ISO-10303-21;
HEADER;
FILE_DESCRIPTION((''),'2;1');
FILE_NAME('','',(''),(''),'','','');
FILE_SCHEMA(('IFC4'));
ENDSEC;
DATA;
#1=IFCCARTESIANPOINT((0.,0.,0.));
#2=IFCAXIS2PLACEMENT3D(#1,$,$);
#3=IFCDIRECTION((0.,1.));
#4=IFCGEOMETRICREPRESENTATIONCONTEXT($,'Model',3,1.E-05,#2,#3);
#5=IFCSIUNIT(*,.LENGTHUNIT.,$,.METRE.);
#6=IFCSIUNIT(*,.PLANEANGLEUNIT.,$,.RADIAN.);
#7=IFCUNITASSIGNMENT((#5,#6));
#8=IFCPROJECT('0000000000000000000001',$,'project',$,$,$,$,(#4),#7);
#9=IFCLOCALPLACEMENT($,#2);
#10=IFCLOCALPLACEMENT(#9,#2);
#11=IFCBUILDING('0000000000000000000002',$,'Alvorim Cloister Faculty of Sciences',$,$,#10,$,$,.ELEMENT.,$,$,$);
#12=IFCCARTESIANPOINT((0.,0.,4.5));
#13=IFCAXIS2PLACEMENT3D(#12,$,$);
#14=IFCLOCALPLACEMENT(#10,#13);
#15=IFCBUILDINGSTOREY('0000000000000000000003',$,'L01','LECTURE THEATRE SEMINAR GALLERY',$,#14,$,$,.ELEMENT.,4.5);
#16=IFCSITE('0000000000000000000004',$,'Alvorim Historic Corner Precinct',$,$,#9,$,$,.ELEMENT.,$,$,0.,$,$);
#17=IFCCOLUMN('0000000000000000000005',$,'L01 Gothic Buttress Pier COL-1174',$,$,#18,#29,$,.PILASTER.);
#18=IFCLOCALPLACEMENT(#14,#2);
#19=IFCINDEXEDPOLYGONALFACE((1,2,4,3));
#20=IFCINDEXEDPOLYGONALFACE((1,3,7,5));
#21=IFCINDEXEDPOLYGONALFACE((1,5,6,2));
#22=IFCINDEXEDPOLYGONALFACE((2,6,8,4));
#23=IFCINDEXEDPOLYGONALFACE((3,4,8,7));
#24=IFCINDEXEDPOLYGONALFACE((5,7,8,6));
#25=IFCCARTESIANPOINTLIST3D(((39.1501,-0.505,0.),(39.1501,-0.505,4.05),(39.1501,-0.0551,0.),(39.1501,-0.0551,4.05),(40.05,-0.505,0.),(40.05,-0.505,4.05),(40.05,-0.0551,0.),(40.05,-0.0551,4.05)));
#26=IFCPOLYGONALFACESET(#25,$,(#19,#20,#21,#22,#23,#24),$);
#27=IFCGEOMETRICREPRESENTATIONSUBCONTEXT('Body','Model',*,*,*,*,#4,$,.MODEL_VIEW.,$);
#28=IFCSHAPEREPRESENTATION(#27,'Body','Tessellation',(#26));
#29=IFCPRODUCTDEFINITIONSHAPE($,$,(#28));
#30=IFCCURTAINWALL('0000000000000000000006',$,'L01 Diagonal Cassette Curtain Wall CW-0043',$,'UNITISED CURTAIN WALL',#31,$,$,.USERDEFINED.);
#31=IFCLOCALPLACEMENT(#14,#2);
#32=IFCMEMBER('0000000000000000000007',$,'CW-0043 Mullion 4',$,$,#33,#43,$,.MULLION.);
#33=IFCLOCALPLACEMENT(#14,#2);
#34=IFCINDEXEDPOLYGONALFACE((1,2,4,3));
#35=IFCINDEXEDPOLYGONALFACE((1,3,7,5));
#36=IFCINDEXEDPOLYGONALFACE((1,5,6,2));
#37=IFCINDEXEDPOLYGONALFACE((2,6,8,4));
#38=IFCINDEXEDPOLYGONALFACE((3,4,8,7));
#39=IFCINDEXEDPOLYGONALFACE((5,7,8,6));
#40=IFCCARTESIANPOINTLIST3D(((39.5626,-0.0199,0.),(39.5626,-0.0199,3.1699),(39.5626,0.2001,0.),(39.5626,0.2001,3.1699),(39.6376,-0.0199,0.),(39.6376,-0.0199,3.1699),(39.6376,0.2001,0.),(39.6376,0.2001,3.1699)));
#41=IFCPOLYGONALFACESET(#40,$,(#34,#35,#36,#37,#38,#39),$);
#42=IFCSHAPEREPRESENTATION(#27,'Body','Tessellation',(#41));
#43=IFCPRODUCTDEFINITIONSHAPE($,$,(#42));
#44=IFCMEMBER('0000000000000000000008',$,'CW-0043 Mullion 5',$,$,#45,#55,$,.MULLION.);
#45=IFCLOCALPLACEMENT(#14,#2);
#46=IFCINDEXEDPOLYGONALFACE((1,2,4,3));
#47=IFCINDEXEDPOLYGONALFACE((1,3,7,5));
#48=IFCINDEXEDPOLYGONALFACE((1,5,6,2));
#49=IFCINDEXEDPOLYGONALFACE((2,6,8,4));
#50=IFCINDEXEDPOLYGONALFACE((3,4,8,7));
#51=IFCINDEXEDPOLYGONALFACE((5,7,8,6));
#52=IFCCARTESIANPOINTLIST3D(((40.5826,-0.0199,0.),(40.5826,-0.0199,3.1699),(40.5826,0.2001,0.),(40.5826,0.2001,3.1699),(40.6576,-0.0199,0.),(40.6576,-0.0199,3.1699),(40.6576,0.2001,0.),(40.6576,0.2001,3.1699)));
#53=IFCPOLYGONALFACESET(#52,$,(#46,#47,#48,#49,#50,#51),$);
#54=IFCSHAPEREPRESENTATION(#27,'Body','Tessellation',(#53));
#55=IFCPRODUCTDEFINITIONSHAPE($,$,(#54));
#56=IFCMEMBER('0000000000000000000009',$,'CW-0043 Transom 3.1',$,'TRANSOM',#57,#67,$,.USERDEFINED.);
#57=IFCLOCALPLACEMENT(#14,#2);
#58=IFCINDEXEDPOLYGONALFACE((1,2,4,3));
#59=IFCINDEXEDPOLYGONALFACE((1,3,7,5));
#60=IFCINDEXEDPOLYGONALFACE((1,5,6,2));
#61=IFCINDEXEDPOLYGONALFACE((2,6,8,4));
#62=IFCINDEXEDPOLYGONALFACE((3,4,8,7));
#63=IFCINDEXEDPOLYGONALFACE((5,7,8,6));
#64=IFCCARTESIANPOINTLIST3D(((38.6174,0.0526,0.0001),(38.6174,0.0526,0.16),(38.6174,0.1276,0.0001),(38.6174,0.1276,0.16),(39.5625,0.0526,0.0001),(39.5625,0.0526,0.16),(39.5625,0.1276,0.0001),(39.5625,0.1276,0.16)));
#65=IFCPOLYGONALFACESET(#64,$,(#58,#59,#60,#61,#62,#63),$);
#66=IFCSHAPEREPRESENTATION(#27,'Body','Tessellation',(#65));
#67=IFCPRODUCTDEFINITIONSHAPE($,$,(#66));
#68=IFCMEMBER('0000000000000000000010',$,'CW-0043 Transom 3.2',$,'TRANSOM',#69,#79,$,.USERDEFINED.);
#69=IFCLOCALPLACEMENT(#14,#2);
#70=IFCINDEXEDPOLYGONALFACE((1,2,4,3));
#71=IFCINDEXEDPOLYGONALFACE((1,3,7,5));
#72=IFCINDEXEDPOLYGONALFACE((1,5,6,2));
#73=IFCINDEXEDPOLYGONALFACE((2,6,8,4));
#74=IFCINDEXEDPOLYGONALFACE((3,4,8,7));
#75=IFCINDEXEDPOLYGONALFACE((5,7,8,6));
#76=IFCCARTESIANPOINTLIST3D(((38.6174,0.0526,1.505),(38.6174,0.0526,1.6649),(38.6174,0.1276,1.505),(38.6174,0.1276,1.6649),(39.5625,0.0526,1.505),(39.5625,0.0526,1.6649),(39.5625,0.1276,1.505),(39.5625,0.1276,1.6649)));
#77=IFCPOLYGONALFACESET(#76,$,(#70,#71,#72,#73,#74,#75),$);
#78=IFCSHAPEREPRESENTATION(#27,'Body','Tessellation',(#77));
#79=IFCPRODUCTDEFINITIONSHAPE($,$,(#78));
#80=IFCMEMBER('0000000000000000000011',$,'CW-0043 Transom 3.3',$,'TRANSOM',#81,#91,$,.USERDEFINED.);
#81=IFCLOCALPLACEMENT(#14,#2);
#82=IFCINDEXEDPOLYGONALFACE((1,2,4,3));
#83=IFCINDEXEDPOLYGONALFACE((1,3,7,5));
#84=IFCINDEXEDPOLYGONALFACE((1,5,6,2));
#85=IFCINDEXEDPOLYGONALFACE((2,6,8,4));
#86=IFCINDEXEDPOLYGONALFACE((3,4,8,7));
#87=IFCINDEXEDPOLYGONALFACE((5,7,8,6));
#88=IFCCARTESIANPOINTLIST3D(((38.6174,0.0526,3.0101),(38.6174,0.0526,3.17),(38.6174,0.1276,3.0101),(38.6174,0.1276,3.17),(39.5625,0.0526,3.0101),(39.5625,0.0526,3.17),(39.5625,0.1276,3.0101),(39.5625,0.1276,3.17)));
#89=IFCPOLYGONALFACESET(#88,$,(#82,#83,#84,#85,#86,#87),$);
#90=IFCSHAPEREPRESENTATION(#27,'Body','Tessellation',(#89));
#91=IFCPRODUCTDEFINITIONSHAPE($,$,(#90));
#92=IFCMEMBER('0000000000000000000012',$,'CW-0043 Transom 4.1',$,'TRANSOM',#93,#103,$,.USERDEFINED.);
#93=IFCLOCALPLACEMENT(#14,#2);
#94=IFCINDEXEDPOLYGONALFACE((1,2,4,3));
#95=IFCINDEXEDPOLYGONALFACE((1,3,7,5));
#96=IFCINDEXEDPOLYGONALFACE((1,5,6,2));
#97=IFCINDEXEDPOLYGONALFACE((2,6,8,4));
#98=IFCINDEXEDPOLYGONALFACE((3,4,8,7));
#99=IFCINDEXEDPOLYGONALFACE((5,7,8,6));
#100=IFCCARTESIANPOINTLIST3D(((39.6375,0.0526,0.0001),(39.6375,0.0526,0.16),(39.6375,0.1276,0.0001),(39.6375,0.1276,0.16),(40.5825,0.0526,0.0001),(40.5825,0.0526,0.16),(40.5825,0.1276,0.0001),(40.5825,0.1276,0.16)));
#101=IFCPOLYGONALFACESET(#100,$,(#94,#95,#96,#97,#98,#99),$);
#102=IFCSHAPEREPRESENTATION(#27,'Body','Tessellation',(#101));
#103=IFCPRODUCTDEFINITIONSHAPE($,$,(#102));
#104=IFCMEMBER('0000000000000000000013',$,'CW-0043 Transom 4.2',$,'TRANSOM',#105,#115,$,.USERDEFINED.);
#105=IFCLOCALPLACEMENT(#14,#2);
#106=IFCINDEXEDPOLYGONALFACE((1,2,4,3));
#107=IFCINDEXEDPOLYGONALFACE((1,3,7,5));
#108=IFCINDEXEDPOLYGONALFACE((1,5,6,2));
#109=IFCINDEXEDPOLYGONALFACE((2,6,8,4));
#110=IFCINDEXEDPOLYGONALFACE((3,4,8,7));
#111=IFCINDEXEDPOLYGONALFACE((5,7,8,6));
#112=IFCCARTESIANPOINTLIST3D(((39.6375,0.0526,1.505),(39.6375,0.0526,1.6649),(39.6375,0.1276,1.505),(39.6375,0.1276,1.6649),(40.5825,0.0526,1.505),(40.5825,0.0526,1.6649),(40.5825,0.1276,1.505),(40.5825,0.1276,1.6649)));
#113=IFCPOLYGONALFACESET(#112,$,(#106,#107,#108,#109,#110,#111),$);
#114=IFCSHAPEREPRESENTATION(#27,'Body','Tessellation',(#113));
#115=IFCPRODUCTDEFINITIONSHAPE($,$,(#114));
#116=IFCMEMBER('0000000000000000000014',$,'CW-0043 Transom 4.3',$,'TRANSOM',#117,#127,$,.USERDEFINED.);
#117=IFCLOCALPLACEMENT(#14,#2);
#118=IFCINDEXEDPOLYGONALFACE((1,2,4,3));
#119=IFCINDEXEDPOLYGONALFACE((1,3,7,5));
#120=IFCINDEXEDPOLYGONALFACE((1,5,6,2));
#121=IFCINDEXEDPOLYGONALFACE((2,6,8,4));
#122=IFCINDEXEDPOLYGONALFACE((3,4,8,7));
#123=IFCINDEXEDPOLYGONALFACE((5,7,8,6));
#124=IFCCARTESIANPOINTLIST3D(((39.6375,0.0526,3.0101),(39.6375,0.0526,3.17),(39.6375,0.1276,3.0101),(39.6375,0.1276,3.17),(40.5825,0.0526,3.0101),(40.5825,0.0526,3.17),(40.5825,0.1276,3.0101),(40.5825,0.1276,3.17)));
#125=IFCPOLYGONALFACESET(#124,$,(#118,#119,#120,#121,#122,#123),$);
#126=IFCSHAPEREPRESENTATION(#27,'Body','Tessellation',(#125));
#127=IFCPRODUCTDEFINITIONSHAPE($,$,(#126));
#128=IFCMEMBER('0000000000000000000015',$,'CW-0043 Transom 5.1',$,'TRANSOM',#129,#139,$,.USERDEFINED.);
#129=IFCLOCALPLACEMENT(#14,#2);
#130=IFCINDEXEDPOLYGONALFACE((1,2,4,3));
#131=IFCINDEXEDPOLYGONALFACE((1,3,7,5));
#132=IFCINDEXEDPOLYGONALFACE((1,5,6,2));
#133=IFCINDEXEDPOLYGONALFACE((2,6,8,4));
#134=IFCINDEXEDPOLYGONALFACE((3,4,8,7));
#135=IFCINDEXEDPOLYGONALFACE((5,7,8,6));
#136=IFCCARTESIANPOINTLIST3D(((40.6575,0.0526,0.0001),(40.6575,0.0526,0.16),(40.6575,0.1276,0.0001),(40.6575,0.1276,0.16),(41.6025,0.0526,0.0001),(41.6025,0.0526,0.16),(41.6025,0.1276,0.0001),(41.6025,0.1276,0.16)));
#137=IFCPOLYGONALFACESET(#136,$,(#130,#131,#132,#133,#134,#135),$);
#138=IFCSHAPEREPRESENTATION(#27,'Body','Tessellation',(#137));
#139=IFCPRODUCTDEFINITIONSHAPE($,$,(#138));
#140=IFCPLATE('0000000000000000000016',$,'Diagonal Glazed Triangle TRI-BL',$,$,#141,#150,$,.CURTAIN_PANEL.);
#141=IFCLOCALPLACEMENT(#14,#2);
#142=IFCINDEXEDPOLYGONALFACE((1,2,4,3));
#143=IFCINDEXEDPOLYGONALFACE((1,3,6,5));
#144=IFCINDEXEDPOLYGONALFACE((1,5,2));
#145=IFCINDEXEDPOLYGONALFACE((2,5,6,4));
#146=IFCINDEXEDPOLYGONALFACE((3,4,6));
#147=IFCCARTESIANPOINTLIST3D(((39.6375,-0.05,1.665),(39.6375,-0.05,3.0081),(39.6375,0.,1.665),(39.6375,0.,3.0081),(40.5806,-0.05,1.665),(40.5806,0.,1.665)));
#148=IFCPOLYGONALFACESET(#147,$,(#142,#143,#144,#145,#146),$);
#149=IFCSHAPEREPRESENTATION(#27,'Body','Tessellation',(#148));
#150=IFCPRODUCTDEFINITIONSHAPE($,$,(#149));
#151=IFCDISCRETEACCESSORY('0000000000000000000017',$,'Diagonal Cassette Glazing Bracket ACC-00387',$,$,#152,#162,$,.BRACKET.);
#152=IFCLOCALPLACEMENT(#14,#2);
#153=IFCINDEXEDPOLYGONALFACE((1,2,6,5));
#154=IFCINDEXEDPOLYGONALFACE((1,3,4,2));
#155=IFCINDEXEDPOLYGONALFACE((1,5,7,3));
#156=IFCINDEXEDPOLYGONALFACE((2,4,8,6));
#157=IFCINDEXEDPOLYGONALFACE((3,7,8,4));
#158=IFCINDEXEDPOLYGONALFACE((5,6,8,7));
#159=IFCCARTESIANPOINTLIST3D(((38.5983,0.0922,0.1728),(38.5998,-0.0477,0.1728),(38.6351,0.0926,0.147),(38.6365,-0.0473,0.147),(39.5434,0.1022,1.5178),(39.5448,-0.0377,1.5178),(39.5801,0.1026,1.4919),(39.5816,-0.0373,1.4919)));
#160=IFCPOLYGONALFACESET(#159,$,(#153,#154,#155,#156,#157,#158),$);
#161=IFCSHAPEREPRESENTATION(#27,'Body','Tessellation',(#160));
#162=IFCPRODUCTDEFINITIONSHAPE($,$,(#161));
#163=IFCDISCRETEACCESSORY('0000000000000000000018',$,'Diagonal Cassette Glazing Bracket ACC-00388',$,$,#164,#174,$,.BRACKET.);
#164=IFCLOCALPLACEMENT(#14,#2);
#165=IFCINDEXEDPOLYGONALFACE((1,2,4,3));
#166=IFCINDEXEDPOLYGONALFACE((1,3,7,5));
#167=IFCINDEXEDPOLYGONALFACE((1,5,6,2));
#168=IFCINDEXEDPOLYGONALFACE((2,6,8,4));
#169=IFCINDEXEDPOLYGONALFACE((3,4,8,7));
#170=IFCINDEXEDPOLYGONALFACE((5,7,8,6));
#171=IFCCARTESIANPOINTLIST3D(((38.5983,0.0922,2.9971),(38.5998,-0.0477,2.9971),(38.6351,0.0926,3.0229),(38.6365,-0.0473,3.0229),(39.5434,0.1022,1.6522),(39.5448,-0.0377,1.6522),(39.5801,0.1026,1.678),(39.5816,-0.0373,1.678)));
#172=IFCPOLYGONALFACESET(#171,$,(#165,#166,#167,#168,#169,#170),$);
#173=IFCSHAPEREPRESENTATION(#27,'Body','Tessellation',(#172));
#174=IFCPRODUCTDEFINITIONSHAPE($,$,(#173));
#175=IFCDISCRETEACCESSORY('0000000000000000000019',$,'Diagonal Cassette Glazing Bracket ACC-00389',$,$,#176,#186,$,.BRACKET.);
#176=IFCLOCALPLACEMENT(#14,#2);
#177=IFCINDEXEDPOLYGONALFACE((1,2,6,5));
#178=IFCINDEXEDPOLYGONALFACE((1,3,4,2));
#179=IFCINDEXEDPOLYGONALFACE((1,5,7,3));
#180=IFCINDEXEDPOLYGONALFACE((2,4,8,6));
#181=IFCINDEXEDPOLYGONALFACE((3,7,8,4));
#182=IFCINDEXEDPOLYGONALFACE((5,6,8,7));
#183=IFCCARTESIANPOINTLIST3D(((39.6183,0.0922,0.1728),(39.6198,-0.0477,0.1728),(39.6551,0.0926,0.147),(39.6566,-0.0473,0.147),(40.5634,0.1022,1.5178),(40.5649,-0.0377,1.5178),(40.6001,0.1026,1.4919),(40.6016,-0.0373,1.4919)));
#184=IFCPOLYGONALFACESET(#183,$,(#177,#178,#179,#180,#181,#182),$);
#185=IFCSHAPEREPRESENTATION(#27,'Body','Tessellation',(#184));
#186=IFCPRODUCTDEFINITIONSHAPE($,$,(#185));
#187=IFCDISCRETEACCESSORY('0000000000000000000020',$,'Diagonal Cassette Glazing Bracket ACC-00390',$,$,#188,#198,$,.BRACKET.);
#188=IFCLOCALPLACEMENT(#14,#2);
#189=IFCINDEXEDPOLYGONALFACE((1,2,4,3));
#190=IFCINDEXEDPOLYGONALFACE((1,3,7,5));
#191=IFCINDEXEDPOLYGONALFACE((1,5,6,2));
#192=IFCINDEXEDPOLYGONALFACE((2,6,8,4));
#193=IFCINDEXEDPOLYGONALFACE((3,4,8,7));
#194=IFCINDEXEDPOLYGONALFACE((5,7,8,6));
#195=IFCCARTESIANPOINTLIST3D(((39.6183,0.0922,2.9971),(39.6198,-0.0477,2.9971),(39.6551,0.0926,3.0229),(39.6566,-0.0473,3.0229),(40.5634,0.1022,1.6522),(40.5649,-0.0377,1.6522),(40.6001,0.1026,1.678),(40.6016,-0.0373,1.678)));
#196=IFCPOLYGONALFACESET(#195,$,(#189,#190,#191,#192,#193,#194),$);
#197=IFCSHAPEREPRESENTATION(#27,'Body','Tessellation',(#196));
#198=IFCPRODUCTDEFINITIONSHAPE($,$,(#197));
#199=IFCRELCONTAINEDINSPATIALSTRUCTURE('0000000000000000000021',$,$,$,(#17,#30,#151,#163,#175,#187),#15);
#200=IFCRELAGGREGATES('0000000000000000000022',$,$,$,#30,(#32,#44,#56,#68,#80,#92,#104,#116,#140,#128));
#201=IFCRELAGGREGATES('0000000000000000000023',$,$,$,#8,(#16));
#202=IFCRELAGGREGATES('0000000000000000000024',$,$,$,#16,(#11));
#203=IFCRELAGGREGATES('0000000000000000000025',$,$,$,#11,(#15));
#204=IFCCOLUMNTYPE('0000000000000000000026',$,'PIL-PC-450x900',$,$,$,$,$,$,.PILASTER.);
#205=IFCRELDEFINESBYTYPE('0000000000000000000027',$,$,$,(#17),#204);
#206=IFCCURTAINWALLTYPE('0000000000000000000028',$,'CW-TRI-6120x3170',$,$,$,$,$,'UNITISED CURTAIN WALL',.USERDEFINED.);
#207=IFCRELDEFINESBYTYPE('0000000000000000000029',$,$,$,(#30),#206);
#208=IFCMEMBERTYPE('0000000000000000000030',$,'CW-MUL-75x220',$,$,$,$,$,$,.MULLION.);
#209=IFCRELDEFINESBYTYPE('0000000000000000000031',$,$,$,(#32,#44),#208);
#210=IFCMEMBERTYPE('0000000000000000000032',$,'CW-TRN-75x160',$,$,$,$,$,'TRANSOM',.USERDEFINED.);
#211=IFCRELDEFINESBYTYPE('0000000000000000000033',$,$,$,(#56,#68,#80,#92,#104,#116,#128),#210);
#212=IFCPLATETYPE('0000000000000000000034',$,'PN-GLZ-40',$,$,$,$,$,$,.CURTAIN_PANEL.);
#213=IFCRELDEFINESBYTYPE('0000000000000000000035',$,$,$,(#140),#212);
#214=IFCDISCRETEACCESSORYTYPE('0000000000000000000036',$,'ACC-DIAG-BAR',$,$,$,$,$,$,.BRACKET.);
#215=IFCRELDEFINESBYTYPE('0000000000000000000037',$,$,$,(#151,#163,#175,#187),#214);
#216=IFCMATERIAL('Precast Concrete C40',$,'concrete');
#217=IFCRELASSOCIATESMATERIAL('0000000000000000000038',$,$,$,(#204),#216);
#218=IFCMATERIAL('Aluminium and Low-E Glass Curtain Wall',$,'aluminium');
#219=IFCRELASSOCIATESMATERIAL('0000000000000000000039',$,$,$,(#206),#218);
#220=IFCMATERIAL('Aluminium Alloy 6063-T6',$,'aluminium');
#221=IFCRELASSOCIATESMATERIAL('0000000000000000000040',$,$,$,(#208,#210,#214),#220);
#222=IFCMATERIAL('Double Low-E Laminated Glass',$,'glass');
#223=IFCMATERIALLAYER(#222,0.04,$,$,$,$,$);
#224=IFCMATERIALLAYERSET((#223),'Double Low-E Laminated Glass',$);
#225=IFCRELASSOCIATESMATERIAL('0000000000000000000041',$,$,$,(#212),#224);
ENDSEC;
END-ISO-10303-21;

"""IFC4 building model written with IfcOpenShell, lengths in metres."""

from ifc_helpers import new_model, si_unit, direction, frame, origin, origin_2d, place, context, subcontext, project, spatial, polyline, rectangle, outline, extrude, material, layer, layer_set, material_profile, profile_set, type_object, element, aggregate, save


model = new_model("IFC4")

# Units and contexts
model_context = context("Model", 3, precision=1e-05, world=origin(), true_north=direction((0.0, 1.0)))
body_context = subcontext(model_context, "Body", "Model", "MODEL_VIEW")
ifc_project = project(units=[si_unit("LENGTHUNIT", "METRE"), si_unit("PLANEANGLEUNIT", "RADIAN")], contexts=[model_context])

# Site, building, storey
site_placement = place(None, origin())
site = spatial("IfcSite", under=ifc_project, at=site_placement, Name="Alvorim Historic Corner Precinct", CompositionType="ELEMENT", RefElevation=0.0)
building_placement = place(site_placement, origin())
building = spatial("IfcBuilding", under=site, at=building_placement, Name="Alvorim Cloister Faculty of Sciences", CompositionType="ELEMENT")
storey_placement = place(building_placement, frame((0.0, 0.0, 4.5)))
storey = spatial("IfcBuildingStorey", under=building, at=storey_placement, Name="L01", Description="LECTURE THEATRE SEMINAR GALLERY", CompositionType="ELEMENT", Elevation=4.5)

# Column
ifc_material_1 = material(Name="Precast Concrete C40", Category="concrete")
ifc_material_profile_1 = material_profile(ifc_material_1, rectangle(XDim=0.45, YDim=0.8999, at=origin_2d()), Name="RC40-PIL-450x900")
ifc_profile_set_1 = profile_set([ifc_material_profile_1], Name="Precast Concrete C40")
column_type = type_object("IfcColumnType", Name="PIL-PC-450x900", PredefinedType="PILASTER", material=ifc_profile_set_1)
column_placement = place(storey_placement, frame((39.6001, -0.28, 0.0), z_axis=(0.0, 0.0, 1.0), x_axis=(0.0, 1.0, 0.0)))
element("IfcColumn", 1, at=column_placement, inside=storey, type_object=column_type, Name="L01 Gothic Buttress Pier COL-1174", PredefinedType="PILASTER", context=body_context, shape_type="SweptSolid", body=[
    extrude(rectangle(XDim=0.45, YDim=0.8999, at=origin_2d()), origin(), (0.0, 0.0, 1.0), 4.05),
])

# Curtain wall, members, plate
ifc_material_2 = material(Name="Aluminium and Low-E Glass Curtain Wall", Category="aluminium")
curtain_wall_type = type_object("IfcCurtainWallType", Name="CW-TRI-6120x3170", ElementType="UNITISED CURTAIN WALL", PredefinedType="USERDEFINED", material=ifc_material_2)
curtain_wall_placement = place(storey_placement, origin())
curtain_wall = element("IfcCurtainWall", 2, at=curtain_wall_placement, inside=storey, type_object=curtain_wall_type, Name="L01 Diagonal Cassette Curtain Wall CW-0043", ObjectType="UNITISED CURTAIN WALL", PredefinedType="USERDEFINED")
ifc_material_3 = material(Name="Aluminium Alloy 6063-T6", Category="aluminium")
ifc_material_profile_2 = material_profile(ifc_material_3, rectangle(XDim=0.075, YDim=0.22, at=origin_2d()), Name="ALU-MUL-75x220")
ifc_profile_set_2 = profile_set([ifc_material_profile_2], Name="Aluminium Alloy 6063-T6")
member_type_1 = type_object("IfcMemberType", Name="CW-MUL-75x220", PredefinedType="MULLION", material=ifc_profile_set_2)
member_1_placement = place(storey_placement, frame((39.6001, 0.0901, 0.0), z_axis=(0.0, 0.0, 1.0), x_axis=(1.0, 0.0, 0.0)))
member_1 = element("IfcMember", 3, at=member_1_placement, type_object=member_type_1, Name="CW-0043 Mullion 4", PredefinedType="MULLION", context=body_context, shape_type="SweptSolid", body=[
    extrude(rectangle(XDim=0.075, YDim=0.22, at=origin_2d()), origin(), (0.0, 0.0, 1.0), 3.1699),
])
member_2_placement = place(storey_placement, frame((40.6201, 0.0901, 0.0), z_axis=(0.0, 0.0, 1.0), x_axis=(1.0, 0.0, 0.0)))
member_2 = element("IfcMember", 4, at=member_2_placement, type_object=member_type_1, Name="CW-0043 Mullion 5", PredefinedType="MULLION", context=body_context, shape_type="SweptSolid", body=[
    extrude(rectangle(XDim=0.075, YDim=0.22, at=origin_2d()), origin(), (0.0, 0.0, 1.0), 3.1699),
])
ifc_material_profile_3 = material_profile(ifc_material_3, rectangle(XDim=0.075, YDim=0.1599, at=origin_2d()), Name="ALU-TRN-75x160")
ifc_profile_set_3 = profile_set([ifc_material_profile_3], Name="Aluminium Alloy 6063-T6")
member_type_2 = type_object("IfcMemberType", Name="CW-TRN-75x160", ElementType="TRANSOM", PredefinedType="USERDEFINED", material=ifc_profile_set_3)
member_3_placement = place(storey_placement, frame((38.6174, 0.0901, 0.0801), z_axis=(1.0, 0.0, 0.0), x_axis=(0.0, 1.0, 0.0)))
member_3 = element("IfcMember", 5, at=member_3_placement, type_object=member_type_2, Name="CW-0043 Transom 3.1", ObjectType="TRANSOM", PredefinedType="USERDEFINED", context=body_context, shape_type="SweptSolid", body=[
    extrude(rectangle(XDim=0.075, YDim=0.1599, at=origin_2d()), origin(), (0.0, 0.0, 1.0), 0.9451),
])
member_4_placement = place(storey_placement, frame((38.6174, 0.0901, 1.585), z_axis=(1.0, 0.0, 0.0), x_axis=(0.0, 1.0, 0.0)))
member_4 = element("IfcMember", 6, at=member_4_placement, type_object=member_type_2, Name="CW-0043 Transom 3.2", ObjectType="TRANSOM", PredefinedType="USERDEFINED", context=body_context, shape_type="SweptSolid", body=[
    extrude(rectangle(XDim=0.075, YDim=0.1599, at=origin_2d()), origin(), (0.0, 0.0, 1.0), 0.9451),
])
member_5_placement = place(storey_placement, frame((38.6174, 0.0901, 3.0901), z_axis=(1.0, 0.0, 0.0), x_axis=(0.0, 1.0, 0.0)))
member_5 = element("IfcMember", 7, at=member_5_placement, type_object=member_type_2, Name="CW-0043 Transom 3.3", ObjectType="TRANSOM", PredefinedType="USERDEFINED", context=body_context, shape_type="SweptSolid", body=[
    extrude(rectangle(XDim=0.075, YDim=0.1599, at=origin_2d()), origin(), (0.0, 0.0, 1.0), 0.9451),
])
member_6_placement = place(storey_placement, frame((39.6375, 0.0901, 0.0801), z_axis=(1.0, 0.0, 0.0), x_axis=(0.0, 1.0, 0.0)))
member_6 = element("IfcMember", 8, at=member_6_placement, type_object=member_type_2, Name="CW-0043 Transom 4.1", ObjectType="TRANSOM", PredefinedType="USERDEFINED", context=body_context, shape_type="SweptSolid", body=[
    extrude(rectangle(XDim=0.075, YDim=0.1599, at=origin_2d()), origin(), (0.0, 0.0, 1.0), 0.9451),
])
member_7_placement = place(storey_placement, frame((39.6375, 0.0901, 1.585), z_axis=(1.0, 0.0, 0.0), x_axis=(0.0, 1.0, 0.0)))
member_7 = element("IfcMember", 9, at=member_7_placement, type_object=member_type_2, Name="CW-0043 Transom 4.2", ObjectType="TRANSOM", PredefinedType="USERDEFINED", context=body_context, shape_type="SweptSolid", body=[
    extrude(rectangle(XDim=0.075, YDim=0.1599, at=origin_2d()), origin(), (0.0, 0.0, 1.0), 0.9451),
])
member_8_placement = place(storey_placement, frame((39.6375, 0.0901, 3.0901), z_axis=(1.0, 0.0, 0.0), x_axis=(0.0, 1.0, 0.0)))
member_8 = element("IfcMember", 10, at=member_8_placement, type_object=member_type_2, Name="CW-0043 Transom 4.3", ObjectType="TRANSOM", PredefinedType="USERDEFINED", context=body_context, shape_type="SweptSolid", body=[
    extrude(rectangle(XDim=0.075, YDim=0.1599, at=origin_2d()), origin(), (0.0, 0.0, 1.0), 0.9451),
])
member_9_placement = place(storey_placement, frame((40.6575, 0.0901, 0.0801), z_axis=(1.0, 0.0, 0.0), x_axis=(0.0, 1.0, 0.0)))
member_9 = element("IfcMember", 11, at=member_9_placement, type_object=member_type_2, Name="CW-0043 Transom 5.1", ObjectType="TRANSOM", PredefinedType="USERDEFINED", context=body_context, shape_type="SweptSolid", body=[
    extrude(rectangle(XDim=0.075, YDim=0.1599, at=origin_2d()), origin(), (0.0, 0.0, 1.0), 0.9451),
])
ifc_material_4 = material(Name="Double Low-E Laminated Glass", Category="glass")
ifc_layer = layer(ifc_material_4, 0.04)
ifc_layer_set = layer_set([ifc_layer], Name="Double Low-E Laminated Glass")
plate_type = type_object("IfcPlateType", Name="PN-GLZ-40", PredefinedType="CURTAIN_PANEL", material=ifc_layer_set)
plate_1_placement = place(storey_placement, frame((39.6375, -0.0249, 1.665), z_axis=(0.0, 0.0, 1.0), x_axis=(1.0, 0.0, 0.0)))
plate_1 = element("IfcPlate", 12, at=plate_1_placement, type_object=plate_type, Name="Diagonal Glazed Triangle TRI-BL", PredefinedType="CURTAIN_PANEL", context=body_context, shape_type="SweptSolid", body=[
    extrude(outline(polyline([(0.0, 0.0), (0.9431, 0.0), (0.0, 1.343), (0.0, 0.0)])), frame((0.0, 0.0249, 0.0), z_axis=(0.0, -1.0, 0.0), x_axis=(1.0, 0.0, 0.0)), (0.0, 0.0, 1.0), 0.05),
])
aggregate(curtain_wall, [member_1, member_2, member_3, member_4, member_5, member_6, member_7, member_8, plate_1, member_9])

# Discrete accessories
discrete_accessory_type = type_object("IfcDiscreteAccessoryType", Name="ACC-DIAG-BAR", PredefinedType="BRACKET", material=ifc_material_3)
for number, where, z_axis, x_axis, name in (
    (13, (38.6174, 0.0225, 0.1599), (0.574916, 0.006089, 0.81819), (-0.010591, 0.999944, 0.0), "Diagonal Cassette Glazing Bracket ACC-00387"),
    (14, (38.6174, 0.0225, 3.01), (0.574916, 0.006089, -0.81819), (-0.010591, 0.999944, 0.0), "Diagonal Cassette Glazing Bracket ACC-00388"),
    (15, (39.6375, 0.0225, 0.1599), (0.574916, 0.006089, 0.81819), (-0.010591, 0.999944, 0.0), "Diagonal Cassette Glazing Bracket ACC-00389"),
    (16, (39.6375, 0.0225, 3.01), (0.574916, 0.006089, -0.81819), (-0.010591, 0.999944, 0.0), "Diagonal Cassette Glazing Bracket ACC-00390"),
):
    element("IfcDiscreteAccessory", number, at=place(storey_placement, frame(where, z_axis=z_axis, x_axis=x_axis)), inside=storey, type_object=discrete_accessory_type, Name=name, PredefinedType="BRACKET", context=body_context, shape_type="SweptSolid", body=[
        extrude(rectangle(XDim=0.1399, YDim=0.0449, at=origin_2d()), origin(), (0.0, 0.0, 1.0), 1.6438),
    ])

save(model, "model.ifc")
